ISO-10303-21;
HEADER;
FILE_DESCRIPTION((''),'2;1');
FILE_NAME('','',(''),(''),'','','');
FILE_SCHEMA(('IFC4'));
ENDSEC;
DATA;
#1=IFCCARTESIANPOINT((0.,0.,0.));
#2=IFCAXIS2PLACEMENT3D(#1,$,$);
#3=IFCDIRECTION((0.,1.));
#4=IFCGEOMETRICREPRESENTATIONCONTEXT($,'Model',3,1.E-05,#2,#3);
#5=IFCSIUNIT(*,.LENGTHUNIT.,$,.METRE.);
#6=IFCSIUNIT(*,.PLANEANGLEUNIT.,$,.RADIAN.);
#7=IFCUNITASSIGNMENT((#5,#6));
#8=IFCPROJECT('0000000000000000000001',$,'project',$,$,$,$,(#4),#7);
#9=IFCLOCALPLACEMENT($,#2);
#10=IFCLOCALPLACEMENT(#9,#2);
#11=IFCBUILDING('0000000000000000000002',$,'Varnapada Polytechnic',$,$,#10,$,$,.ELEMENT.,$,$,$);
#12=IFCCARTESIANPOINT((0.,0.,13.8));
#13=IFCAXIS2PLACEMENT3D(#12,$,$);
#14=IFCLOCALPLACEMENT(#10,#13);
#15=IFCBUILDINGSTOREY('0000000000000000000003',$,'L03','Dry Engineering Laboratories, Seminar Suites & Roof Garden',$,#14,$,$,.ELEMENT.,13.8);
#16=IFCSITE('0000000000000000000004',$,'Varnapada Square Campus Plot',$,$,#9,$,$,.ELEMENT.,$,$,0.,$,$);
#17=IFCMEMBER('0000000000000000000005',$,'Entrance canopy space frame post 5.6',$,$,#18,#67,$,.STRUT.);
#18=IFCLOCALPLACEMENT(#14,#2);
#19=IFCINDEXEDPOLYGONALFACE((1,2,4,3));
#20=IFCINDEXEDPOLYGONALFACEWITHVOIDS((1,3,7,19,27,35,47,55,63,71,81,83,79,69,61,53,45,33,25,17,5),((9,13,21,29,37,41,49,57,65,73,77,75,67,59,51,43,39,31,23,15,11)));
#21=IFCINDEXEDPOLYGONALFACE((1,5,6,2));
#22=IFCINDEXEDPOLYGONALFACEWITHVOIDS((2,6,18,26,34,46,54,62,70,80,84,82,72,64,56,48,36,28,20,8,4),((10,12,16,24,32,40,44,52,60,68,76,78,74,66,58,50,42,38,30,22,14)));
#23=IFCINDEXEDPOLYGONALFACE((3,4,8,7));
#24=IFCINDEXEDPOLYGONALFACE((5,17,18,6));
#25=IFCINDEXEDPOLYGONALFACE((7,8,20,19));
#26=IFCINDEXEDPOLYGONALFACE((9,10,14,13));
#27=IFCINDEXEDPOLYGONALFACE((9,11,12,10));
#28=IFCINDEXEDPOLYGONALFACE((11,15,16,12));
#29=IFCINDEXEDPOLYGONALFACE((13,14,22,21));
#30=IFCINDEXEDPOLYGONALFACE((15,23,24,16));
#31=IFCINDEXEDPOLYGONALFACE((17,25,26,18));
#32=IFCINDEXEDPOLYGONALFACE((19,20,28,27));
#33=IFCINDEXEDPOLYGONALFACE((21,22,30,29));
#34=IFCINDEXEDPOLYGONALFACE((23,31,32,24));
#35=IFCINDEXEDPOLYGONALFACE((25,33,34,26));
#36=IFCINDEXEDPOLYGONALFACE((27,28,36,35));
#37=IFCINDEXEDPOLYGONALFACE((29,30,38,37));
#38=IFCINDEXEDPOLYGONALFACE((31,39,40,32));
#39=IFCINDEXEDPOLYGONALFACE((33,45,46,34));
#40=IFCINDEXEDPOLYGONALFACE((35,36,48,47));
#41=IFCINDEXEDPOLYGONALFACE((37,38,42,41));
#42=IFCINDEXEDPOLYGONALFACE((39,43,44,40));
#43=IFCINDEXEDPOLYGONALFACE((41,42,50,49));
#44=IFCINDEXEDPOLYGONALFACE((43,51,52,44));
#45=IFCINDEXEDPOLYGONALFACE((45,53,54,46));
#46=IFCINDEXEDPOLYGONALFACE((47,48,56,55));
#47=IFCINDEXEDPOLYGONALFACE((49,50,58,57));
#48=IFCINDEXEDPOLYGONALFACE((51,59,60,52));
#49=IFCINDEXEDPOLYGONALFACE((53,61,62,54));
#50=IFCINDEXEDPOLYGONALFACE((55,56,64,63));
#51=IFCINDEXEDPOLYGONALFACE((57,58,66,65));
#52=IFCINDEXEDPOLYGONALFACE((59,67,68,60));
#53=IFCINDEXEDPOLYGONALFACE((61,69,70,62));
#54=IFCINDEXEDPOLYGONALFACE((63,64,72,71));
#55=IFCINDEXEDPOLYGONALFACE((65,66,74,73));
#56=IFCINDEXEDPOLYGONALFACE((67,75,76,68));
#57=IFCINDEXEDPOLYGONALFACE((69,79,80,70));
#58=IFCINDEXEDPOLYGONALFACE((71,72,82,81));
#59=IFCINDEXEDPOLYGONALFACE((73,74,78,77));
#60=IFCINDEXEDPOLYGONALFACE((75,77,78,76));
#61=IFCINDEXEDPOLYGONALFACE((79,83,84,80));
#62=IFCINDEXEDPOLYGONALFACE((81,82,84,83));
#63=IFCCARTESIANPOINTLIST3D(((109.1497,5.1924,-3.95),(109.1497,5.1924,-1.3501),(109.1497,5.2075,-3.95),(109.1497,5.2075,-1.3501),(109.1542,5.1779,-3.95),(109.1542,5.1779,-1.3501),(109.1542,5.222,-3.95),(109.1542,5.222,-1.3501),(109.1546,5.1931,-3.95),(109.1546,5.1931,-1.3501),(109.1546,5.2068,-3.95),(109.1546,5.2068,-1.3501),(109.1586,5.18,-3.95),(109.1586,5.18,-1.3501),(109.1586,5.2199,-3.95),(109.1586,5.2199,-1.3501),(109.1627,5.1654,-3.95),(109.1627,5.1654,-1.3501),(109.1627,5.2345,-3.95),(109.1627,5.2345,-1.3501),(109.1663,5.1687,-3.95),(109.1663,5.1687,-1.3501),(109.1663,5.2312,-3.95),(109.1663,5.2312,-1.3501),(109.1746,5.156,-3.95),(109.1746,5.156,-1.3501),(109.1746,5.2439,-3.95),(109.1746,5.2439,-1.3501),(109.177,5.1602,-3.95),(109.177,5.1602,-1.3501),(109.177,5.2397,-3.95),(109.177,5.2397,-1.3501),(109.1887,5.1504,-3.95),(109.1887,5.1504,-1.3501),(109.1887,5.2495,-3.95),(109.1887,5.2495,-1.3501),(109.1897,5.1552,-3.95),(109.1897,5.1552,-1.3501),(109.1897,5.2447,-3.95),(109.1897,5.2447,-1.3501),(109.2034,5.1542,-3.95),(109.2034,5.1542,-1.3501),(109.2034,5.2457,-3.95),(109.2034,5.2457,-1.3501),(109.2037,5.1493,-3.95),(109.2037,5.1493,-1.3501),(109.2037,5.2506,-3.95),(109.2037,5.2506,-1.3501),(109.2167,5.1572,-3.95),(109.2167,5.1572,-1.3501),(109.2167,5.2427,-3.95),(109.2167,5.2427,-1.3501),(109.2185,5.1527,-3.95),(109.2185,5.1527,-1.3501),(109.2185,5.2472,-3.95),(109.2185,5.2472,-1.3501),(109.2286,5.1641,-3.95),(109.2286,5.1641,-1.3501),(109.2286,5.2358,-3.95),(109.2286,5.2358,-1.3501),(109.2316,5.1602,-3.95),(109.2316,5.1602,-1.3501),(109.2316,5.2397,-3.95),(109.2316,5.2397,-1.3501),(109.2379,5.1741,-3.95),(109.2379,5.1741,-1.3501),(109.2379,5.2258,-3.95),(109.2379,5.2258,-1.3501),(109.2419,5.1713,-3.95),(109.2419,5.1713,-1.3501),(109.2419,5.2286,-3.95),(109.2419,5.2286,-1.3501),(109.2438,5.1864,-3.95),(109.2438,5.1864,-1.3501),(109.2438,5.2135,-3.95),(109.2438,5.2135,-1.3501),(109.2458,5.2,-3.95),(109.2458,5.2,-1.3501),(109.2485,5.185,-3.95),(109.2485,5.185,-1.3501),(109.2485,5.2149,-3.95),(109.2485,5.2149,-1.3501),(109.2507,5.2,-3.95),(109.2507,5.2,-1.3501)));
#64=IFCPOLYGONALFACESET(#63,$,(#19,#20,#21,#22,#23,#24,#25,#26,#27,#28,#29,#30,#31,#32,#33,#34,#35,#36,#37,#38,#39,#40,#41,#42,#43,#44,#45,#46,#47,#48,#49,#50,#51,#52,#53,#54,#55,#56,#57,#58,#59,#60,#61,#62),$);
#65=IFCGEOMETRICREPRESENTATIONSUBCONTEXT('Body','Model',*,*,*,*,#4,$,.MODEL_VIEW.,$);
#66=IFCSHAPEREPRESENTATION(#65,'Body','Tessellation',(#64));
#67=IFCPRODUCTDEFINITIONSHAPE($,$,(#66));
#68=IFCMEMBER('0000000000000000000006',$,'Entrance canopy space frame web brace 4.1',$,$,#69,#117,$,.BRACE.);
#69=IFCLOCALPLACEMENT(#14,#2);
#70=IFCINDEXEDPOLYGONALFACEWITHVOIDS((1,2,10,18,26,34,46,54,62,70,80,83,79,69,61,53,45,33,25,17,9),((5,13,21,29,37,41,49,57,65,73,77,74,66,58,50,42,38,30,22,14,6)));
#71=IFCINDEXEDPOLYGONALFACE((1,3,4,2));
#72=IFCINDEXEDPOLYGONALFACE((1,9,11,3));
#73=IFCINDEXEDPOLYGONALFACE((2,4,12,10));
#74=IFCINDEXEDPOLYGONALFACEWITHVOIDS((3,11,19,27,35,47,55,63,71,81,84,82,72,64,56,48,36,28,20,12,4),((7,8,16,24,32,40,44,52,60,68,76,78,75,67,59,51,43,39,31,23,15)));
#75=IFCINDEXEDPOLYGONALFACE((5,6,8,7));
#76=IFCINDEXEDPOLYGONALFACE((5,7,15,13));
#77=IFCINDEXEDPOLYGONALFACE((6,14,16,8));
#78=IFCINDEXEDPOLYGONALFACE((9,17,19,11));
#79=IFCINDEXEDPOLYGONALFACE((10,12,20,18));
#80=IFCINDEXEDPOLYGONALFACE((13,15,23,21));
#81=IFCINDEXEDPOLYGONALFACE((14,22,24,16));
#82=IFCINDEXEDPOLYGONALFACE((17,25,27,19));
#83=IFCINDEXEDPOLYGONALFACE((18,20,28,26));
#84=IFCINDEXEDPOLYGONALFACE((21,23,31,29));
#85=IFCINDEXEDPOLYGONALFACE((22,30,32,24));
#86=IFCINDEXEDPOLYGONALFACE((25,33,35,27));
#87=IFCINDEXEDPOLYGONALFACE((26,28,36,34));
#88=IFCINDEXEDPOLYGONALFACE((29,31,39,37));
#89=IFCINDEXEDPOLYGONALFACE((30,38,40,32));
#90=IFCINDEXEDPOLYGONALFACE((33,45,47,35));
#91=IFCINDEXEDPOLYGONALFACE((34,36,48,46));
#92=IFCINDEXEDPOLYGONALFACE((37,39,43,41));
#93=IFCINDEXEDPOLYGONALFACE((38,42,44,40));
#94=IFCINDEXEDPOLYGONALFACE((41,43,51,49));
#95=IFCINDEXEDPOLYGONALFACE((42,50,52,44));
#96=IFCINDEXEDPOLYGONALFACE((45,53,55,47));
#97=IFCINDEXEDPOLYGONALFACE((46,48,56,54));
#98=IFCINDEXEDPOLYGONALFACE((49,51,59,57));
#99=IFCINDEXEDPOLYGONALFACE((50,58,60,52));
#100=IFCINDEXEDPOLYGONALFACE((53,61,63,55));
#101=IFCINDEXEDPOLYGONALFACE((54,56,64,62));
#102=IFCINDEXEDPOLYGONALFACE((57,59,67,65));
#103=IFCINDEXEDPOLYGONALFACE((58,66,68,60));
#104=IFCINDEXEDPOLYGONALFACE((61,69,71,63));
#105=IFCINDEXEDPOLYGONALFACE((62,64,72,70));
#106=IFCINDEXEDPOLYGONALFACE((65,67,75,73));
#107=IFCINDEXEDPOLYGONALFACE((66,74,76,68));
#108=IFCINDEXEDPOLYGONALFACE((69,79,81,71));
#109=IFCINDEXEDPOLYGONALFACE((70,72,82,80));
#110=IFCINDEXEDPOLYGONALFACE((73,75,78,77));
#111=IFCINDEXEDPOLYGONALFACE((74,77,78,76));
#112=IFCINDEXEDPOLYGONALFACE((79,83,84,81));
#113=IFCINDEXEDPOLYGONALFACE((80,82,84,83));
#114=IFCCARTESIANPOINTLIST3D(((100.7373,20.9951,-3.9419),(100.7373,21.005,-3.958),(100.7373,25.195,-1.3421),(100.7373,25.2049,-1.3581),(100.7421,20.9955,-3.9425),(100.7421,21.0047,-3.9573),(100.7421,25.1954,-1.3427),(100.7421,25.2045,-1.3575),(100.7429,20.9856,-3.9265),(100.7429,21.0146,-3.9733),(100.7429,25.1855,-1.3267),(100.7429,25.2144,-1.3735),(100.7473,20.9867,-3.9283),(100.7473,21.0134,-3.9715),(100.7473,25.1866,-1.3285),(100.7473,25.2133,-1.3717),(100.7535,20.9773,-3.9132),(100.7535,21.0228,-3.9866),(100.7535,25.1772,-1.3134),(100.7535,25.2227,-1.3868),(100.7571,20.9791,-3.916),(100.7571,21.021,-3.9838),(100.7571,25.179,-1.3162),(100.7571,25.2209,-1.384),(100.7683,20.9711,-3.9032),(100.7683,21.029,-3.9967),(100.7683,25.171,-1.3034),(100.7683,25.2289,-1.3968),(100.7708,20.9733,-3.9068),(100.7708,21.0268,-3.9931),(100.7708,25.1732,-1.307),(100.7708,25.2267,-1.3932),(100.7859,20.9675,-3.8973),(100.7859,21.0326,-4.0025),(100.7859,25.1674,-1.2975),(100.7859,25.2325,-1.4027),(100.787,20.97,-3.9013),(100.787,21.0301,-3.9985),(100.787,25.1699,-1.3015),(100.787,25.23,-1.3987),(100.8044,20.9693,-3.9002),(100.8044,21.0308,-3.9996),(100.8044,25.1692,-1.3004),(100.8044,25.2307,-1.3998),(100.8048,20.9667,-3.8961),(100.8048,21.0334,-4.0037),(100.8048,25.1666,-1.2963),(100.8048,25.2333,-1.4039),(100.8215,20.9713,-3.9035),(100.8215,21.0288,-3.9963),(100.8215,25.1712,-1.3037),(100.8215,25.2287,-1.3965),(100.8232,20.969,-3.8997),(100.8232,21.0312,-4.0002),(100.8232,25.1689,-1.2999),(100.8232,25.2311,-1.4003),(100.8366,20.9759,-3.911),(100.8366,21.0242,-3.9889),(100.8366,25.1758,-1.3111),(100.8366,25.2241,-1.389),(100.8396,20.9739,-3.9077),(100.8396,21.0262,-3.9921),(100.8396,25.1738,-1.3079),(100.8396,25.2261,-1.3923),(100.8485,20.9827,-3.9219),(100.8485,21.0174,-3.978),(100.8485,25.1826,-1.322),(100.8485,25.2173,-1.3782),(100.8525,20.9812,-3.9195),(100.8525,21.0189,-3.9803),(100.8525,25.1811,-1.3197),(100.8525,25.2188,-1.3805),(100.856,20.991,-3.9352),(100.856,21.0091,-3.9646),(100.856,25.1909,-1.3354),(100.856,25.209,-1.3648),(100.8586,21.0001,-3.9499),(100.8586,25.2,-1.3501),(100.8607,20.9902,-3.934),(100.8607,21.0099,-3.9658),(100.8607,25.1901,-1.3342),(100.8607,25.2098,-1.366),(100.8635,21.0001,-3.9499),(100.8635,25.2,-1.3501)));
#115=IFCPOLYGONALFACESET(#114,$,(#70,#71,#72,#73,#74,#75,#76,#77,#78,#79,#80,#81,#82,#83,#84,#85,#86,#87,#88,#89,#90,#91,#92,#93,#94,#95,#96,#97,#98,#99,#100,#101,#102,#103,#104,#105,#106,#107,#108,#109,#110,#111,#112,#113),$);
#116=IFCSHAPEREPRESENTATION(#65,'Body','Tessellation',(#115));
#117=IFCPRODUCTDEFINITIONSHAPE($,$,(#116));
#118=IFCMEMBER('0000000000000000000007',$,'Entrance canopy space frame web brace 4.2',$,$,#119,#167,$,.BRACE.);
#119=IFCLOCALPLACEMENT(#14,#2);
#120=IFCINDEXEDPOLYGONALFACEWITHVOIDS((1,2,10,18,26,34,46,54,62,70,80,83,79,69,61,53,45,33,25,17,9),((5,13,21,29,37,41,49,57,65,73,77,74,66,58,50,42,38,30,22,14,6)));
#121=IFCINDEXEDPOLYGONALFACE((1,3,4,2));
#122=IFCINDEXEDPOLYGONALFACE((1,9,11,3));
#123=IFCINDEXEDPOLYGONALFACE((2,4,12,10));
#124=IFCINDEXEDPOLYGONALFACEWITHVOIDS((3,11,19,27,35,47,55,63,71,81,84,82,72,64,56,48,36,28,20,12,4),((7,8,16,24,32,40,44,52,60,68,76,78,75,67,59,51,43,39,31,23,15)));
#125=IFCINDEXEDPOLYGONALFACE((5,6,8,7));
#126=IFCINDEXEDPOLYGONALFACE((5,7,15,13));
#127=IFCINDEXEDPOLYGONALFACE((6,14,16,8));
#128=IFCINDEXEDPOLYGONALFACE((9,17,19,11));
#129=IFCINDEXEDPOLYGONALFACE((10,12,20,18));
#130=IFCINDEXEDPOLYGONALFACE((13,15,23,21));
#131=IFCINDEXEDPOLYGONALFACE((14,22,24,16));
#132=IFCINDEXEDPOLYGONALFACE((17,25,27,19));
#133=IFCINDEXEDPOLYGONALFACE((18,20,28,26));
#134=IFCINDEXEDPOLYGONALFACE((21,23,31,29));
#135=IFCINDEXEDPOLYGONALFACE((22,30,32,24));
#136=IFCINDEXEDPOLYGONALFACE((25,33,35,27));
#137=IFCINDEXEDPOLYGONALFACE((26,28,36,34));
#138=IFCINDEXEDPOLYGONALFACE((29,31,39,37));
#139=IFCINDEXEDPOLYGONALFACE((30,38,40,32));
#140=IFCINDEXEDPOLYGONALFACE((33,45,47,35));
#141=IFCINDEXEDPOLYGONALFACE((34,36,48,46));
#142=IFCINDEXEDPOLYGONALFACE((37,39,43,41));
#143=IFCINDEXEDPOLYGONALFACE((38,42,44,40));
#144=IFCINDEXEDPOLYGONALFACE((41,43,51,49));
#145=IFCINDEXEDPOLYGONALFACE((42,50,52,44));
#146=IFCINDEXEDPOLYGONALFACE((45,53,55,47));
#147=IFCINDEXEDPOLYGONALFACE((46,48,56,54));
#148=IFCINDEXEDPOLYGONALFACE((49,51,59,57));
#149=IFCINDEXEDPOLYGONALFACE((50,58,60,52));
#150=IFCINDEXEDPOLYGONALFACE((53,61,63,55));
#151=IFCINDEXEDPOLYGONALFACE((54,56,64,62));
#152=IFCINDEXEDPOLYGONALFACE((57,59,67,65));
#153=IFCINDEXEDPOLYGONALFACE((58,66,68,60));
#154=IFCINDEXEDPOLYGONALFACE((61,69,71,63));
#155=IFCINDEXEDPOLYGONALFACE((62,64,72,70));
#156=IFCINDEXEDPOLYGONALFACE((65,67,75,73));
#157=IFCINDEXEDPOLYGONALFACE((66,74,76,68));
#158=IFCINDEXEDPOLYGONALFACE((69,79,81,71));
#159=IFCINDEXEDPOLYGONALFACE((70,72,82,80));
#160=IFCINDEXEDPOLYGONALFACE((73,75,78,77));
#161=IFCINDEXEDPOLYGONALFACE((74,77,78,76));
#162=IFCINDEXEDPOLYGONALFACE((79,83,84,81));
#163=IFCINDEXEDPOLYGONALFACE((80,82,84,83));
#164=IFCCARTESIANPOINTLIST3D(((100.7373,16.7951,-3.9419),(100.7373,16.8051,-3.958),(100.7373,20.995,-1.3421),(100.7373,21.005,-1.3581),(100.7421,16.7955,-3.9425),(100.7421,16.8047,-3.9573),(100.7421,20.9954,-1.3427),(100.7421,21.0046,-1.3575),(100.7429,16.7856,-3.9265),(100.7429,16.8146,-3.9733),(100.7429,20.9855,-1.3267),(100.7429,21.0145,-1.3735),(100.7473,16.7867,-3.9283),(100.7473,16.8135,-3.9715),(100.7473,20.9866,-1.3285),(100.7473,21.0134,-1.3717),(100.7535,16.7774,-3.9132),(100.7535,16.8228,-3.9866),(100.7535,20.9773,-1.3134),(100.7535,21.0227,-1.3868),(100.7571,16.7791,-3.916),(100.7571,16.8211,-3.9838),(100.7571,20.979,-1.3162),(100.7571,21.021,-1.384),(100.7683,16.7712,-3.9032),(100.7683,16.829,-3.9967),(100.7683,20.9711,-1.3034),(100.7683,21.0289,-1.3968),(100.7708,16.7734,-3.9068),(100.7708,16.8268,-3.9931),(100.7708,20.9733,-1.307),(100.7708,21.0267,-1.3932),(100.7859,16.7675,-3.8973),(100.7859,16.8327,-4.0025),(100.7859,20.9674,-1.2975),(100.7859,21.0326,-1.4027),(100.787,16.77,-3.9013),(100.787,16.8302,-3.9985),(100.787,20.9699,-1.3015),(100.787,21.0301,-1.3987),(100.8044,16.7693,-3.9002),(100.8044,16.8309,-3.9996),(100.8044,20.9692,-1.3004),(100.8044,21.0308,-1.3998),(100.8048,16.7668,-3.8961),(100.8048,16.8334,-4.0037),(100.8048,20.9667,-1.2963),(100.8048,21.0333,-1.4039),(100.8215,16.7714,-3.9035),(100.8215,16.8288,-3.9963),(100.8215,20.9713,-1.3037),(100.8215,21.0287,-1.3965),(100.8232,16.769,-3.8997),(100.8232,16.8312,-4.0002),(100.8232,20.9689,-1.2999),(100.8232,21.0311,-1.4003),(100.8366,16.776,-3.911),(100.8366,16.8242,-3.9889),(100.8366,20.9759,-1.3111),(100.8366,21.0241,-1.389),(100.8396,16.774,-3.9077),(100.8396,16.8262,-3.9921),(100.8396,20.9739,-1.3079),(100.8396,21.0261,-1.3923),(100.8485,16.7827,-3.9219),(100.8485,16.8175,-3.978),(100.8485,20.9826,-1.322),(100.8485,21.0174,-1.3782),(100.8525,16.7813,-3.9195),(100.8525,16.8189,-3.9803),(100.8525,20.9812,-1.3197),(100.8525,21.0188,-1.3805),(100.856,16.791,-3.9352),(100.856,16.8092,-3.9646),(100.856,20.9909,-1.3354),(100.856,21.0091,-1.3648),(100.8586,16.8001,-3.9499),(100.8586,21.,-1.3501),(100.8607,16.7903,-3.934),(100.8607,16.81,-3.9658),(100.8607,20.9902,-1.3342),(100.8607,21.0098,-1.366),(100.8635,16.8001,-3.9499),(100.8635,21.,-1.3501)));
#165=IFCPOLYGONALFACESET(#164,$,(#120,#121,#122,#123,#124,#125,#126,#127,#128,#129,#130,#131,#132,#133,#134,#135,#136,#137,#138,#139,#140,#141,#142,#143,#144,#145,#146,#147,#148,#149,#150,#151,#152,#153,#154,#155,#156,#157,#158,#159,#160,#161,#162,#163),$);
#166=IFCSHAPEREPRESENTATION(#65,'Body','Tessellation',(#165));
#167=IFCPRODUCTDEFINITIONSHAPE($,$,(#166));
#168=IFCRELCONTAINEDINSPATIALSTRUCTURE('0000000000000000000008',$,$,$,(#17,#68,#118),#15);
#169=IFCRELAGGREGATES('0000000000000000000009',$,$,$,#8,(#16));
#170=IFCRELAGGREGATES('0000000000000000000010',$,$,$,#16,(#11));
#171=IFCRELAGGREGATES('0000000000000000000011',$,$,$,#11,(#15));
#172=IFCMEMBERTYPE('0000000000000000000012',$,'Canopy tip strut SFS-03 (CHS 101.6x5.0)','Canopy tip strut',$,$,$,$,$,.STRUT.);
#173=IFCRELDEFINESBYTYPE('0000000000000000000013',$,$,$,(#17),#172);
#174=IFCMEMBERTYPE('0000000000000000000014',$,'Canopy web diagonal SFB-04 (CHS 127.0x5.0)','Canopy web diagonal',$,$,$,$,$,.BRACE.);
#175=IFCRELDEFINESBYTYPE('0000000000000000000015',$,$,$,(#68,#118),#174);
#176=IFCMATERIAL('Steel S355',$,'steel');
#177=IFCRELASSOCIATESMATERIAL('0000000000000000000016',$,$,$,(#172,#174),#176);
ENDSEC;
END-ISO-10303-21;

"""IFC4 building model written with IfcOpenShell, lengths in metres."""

from ifc_helpers import new_model, si_unit, direction, frame, origin, origin_2d, place, context, subcontext, project, spatial, hollow_circle, extrude, material, material_profile, profile_set, type_object, element, save


model = new_model("IFC4")

# Units and contexts
model_context = context("Model", 3, precision=1e-05, world=origin(), true_north=direction((0.0, 1.0)))
body_context = subcontext(model_context, "Body", "Model", "MODEL_VIEW")
ifc_project = project(units=[si_unit("LENGTHUNIT", "METRE"), si_unit("PLANEANGLEUNIT", "RADIAN")], contexts=[model_context])

# Site, building, storey
site_placement = place(None, origin())
site = spatial("IfcSite", under=ifc_project, at=site_placement, Name="Varnapada Square Campus Plot", CompositionType="ELEMENT", RefElevation=0.0)
building_placement = place(site_placement, origin())
building = spatial("IfcBuilding", under=site, at=building_placement, Name="Varnapada Polytechnic", CompositionType="ELEMENT")
storey_placement = place(building_placement, frame((0.0, 0.0, 13.8)))
storey = spatial("IfcBuildingStorey", under=building, at=storey_placement, Name="L03", Description="Dry Engineering Laboratories, Seminar Suites & Roof Garden", CompositionType="ELEMENT", Elevation=13.8)

# Members
ifc_material = material(Name="Steel S355", Category="steel")
ifc_material_profile_1 = material_profile(ifc_material, hollow_circle(Radius=0.0508, WallThickness=0.0049, at=origin_2d()), Name="CHS 101.6x5.0")
ifc_profile_set_1 = profile_set([ifc_material_profile_1], Name="Steel S355")
member_type_1 = type_object("IfcMemberType", Name="Canopy tip strut SFS-03 (CHS 101.6x5.0)", Description="Canopy tip strut", PredefinedType="STRUT", material=ifc_profile_set_1)
member_1_placement = place(storey_placement, frame((109.2, 5.2, -3.95), z_axis=(0.0, 0.0, 1.0), x_axis=(1.0, 0.0, 0.0)))
element("IfcMember", 1, at=member_1_placement, inside=storey, type_object=member_type_1, Name="Entrance canopy space frame post 5.6", PredefinedType="STRUT", context=body_context, shape_type="SweptSolid", body=[
    extrude(hollow_circle(Radius=0.0508, WallThickness=0.0049, at=origin_2d()), origin(), (0.0, 0.0, 1.0), 2.5999),
])
ifc_material_profile_2 = material_profile(ifc_material, hollow_circle(Radius=0.0635, WallThickness=0.0049, at=origin_2d()), Name="CHS 127.0x5.0")
ifc_profile_set_2 = profile_set([ifc_material_profile_2], Name="Steel S355")
member_type_2 = type_object("IfcMemberType", Name="Canopy web diagonal SFB-04 (CHS 127.0x5.0)", Description="Canopy web diagonal", PredefinedType="BRACE", material=ifc_profile_set_2)
for number, where, z_axis, x_axis, name in (
    (2, (100.8, 25.2, -1.3501), (0.0, -0.850276, -0.526338), (1.0, 0.0, 0.0), "Entrance canopy space frame web brace 4.1"),
    (3, (100.8, 21.0, -1.3501), (0.0, -0.850276, -0.526338), (1.0, 0.0, 0.0), "Entrance canopy space frame web brace 4.2"),
):
    element("IfcMember", number, at=place(storey_placement, frame(where, z_axis=z_axis, x_axis=x_axis)), inside=storey, type_object=member_type_2, Name=name, PredefinedType="BRACE", context=body_context, shape_type="SweptSolid", body=[
        extrude(hollow_circle(Radius=0.0635, WallThickness=0.0049, at=origin_2d()), origin(), (0.0, 0.0, 1.0), 4.9395),
    ])

save(model, "model.ifc")
